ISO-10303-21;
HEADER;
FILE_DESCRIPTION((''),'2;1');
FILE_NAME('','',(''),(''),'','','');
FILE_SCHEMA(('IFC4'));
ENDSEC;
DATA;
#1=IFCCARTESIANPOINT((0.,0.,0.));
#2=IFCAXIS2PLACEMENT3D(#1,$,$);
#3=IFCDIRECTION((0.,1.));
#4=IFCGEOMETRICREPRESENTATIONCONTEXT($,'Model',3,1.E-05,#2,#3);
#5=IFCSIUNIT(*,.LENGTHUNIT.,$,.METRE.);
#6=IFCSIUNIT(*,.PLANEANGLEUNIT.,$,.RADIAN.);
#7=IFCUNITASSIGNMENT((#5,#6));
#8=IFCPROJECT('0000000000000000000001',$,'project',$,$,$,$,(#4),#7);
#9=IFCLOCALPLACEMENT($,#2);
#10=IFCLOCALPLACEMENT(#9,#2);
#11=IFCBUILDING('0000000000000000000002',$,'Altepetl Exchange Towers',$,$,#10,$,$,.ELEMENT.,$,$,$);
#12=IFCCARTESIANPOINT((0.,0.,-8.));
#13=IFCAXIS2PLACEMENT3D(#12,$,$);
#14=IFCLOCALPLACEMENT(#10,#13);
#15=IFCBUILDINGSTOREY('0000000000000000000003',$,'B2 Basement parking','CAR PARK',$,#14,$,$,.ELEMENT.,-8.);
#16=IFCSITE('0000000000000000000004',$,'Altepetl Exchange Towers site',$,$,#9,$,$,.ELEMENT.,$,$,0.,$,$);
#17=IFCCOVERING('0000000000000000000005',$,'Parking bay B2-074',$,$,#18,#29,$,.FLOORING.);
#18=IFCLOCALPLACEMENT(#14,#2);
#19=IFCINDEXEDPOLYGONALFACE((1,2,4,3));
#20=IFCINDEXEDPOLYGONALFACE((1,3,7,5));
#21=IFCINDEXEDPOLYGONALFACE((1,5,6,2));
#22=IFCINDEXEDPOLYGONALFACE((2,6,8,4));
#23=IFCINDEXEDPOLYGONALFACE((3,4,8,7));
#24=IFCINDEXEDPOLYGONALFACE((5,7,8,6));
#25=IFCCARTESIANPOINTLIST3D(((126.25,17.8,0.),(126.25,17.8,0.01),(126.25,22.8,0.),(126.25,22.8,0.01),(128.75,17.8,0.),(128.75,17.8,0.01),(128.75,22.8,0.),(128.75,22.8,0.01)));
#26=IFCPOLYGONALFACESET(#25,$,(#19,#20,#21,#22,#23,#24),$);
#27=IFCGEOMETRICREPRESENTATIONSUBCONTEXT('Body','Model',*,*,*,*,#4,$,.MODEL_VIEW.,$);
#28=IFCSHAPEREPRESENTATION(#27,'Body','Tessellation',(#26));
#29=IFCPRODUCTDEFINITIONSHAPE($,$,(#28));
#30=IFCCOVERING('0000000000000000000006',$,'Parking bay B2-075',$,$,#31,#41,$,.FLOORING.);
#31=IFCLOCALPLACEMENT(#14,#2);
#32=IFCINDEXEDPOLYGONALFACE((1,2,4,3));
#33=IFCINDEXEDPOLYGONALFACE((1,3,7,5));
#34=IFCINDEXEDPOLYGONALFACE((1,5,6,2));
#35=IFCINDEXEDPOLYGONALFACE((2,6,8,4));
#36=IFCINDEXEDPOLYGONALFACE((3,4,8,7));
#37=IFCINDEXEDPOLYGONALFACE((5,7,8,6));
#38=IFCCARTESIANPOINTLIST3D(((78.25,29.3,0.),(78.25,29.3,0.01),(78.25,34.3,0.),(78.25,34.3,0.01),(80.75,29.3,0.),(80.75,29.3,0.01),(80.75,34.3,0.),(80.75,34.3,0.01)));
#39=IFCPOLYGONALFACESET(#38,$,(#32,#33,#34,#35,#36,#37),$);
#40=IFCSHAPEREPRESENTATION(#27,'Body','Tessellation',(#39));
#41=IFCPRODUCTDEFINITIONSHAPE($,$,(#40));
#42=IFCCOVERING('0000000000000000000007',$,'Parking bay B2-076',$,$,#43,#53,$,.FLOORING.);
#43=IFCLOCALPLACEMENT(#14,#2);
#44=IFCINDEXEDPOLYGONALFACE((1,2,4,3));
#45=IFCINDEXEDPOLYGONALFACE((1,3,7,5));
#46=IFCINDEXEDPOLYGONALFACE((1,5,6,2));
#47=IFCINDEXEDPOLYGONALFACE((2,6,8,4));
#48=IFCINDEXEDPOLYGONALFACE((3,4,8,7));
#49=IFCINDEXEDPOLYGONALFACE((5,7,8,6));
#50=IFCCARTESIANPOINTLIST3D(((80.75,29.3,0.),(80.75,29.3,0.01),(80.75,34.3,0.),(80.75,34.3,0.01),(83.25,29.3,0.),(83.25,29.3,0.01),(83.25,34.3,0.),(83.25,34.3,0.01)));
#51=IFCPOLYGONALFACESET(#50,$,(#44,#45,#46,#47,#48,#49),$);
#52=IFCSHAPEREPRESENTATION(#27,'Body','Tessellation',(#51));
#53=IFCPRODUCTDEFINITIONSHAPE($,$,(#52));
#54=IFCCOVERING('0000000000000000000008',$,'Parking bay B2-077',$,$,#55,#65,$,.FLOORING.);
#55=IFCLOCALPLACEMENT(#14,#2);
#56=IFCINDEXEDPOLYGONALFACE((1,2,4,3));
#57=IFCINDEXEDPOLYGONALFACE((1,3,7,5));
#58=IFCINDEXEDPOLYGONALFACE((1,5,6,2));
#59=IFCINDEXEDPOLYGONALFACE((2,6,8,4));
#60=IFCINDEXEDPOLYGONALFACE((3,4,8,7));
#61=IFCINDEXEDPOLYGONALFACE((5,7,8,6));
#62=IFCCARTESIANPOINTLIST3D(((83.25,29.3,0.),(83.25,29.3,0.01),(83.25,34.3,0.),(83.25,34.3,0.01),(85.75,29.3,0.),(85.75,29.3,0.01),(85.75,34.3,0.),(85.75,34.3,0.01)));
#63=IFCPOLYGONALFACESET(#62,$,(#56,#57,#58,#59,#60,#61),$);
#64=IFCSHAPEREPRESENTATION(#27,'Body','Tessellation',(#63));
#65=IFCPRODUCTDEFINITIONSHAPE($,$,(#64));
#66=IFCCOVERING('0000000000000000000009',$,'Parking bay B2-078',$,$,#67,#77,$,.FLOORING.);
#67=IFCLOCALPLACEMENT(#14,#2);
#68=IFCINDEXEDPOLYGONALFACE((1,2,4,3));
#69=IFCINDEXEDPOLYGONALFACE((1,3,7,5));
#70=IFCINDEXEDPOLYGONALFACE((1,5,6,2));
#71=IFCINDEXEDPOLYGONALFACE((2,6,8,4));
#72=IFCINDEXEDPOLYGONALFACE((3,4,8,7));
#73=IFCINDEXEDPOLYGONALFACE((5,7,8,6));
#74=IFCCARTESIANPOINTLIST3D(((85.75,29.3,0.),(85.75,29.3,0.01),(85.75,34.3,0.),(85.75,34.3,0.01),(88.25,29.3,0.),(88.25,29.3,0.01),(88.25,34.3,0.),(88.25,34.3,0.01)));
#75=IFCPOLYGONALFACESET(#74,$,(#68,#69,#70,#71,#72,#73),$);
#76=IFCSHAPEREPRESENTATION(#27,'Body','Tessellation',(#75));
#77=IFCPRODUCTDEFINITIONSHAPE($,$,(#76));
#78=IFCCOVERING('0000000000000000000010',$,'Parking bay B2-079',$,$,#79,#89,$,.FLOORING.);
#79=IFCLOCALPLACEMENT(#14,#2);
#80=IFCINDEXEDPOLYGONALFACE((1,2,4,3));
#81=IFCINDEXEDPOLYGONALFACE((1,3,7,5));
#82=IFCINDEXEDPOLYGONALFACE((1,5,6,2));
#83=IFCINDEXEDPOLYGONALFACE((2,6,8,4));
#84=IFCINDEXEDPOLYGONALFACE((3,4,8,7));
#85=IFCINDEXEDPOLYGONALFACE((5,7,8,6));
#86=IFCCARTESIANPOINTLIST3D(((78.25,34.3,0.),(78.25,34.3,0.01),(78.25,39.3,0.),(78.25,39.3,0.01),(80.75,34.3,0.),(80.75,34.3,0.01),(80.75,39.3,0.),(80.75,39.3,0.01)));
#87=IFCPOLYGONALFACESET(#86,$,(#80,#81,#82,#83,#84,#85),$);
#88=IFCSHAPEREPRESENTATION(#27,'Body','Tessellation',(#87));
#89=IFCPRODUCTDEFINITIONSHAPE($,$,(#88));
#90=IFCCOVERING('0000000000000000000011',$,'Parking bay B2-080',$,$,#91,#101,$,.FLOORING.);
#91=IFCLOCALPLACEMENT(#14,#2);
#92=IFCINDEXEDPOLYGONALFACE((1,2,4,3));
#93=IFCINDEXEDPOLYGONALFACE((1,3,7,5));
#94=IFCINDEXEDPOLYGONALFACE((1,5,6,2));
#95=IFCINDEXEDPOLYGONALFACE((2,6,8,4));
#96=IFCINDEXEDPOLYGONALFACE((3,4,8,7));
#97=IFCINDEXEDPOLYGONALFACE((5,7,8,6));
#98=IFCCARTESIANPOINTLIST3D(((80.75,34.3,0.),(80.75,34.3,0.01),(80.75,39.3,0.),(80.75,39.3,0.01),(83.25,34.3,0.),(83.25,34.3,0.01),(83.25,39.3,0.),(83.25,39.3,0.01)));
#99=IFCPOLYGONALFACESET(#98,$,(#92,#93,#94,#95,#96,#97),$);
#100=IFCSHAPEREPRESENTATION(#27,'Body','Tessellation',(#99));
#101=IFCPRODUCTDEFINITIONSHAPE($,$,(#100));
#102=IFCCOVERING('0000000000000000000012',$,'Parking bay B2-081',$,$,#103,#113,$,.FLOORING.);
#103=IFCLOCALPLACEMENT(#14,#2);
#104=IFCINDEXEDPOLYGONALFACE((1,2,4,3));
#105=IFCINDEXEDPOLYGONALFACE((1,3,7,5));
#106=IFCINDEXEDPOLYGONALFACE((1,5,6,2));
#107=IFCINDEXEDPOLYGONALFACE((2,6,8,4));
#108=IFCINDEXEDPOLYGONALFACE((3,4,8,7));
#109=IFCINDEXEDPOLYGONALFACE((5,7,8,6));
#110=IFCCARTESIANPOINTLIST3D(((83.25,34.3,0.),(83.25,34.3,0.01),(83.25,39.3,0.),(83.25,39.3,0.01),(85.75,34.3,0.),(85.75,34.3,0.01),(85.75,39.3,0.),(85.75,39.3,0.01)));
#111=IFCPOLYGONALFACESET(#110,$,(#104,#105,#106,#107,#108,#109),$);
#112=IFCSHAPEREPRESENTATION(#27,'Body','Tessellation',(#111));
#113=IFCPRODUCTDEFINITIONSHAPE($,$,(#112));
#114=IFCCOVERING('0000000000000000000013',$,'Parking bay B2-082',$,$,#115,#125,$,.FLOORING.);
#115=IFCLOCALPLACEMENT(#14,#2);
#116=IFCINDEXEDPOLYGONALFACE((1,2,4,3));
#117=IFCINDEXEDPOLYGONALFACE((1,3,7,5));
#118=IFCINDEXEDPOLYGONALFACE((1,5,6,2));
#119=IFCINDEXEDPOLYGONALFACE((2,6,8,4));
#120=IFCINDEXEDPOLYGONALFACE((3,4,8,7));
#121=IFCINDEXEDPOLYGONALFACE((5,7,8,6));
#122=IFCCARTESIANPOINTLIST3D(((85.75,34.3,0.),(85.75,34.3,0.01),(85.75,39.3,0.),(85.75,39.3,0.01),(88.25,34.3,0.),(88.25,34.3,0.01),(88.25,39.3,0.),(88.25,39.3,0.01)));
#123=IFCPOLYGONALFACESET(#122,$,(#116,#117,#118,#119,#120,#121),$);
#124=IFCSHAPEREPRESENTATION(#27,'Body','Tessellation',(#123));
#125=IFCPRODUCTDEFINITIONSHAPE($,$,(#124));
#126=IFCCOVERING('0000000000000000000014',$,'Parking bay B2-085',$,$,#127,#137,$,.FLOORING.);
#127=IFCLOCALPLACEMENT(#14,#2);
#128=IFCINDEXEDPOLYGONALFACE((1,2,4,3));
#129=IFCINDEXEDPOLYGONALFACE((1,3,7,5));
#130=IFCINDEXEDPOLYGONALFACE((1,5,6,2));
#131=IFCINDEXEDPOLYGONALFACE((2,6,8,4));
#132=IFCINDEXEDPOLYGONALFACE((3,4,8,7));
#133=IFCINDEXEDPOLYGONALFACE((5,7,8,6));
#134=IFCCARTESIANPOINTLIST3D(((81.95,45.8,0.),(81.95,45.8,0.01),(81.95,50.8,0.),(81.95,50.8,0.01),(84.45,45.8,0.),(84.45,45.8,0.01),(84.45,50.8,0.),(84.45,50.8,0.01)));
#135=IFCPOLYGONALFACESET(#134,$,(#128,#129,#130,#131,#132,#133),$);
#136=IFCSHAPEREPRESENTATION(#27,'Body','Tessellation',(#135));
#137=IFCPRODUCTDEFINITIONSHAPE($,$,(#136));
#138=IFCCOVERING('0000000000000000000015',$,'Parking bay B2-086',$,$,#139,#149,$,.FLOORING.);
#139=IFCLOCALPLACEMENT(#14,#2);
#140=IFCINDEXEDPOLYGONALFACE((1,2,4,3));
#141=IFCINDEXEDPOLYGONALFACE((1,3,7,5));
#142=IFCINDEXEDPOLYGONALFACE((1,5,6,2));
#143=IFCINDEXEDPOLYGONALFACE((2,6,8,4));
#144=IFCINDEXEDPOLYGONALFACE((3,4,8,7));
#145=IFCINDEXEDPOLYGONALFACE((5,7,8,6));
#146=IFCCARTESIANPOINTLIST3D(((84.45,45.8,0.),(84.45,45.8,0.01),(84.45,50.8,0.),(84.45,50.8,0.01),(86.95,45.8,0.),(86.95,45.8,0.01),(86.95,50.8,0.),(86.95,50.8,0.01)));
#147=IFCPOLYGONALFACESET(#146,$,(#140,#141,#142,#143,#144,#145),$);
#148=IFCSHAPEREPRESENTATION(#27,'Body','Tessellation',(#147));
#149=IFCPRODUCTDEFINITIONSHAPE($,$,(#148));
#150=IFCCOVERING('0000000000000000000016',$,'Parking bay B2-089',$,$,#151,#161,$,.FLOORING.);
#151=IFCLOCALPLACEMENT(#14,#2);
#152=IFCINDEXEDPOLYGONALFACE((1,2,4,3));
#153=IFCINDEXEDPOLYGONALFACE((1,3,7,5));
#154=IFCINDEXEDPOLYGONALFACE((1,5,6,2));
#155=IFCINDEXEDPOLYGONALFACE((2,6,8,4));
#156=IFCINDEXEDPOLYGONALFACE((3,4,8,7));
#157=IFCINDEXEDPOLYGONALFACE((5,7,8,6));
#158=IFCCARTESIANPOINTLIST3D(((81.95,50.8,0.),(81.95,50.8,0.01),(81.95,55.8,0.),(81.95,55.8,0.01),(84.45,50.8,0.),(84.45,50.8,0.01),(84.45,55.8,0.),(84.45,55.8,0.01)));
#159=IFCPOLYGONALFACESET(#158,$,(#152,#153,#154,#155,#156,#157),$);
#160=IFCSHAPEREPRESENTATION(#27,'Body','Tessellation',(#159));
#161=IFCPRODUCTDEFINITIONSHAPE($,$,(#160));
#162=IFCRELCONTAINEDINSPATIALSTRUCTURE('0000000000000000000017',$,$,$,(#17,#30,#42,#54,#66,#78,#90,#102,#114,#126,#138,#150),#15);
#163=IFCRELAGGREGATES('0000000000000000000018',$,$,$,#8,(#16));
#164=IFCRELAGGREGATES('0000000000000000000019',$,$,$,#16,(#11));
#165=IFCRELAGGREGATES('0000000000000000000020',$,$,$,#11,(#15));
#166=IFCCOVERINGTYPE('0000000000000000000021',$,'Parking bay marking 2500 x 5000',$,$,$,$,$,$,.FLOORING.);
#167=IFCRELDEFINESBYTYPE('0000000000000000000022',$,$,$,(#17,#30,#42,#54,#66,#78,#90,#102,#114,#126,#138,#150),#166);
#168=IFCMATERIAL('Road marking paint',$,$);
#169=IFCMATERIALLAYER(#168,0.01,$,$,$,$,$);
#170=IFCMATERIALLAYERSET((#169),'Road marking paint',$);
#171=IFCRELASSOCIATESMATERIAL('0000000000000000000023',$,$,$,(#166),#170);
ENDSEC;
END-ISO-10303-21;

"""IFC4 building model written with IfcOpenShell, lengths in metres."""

from ifc_helpers import new_model, si_unit, direction, frame, origin, place, context, subcontext, project, spatial, polyline, outline, extrude, material, layer, layer_set, type_object, element, save


model = new_model("IFC4")

# Units and contexts
model_context = context("Model", 3, precision=1e-05, world=origin(), true_north=direction((0.0, 1.0)))
body_context = subcontext(model_context, "Body", "Model", "MODEL_VIEW")
ifc_project = project(units=[si_unit("LENGTHUNIT", "METRE"), si_unit("PLANEANGLEUNIT", "RADIAN")], contexts=[model_context])

# Site, building, storey
site_placement = place(None, origin())
site = spatial("IfcSite", under=ifc_project, at=site_placement, Name="Altepetl Exchange Towers site", CompositionType="ELEMENT", RefElevation=0.0)
building_placement = place(site_placement, origin())
building = spatial("IfcBuilding", under=site, at=building_placement, Name="Altepetl Exchange Towers", CompositionType="ELEMENT")
storey_placement = place(building_placement, frame((0.0, 0.0, -8.0)))
storey = spatial("IfcBuildingStorey", under=building, at=storey_placement, Name="B2 Basement parking", Description="CAR PARK", CompositionType="ELEMENT", Elevation=-8.0)

# Coverings
ifc_material = material(Name="Road marking paint")
ifc_layer_1 = layer(ifc_material, 0.01)
ifc_layer_set_1 = layer_set([ifc_layer_1], Name="Road marking paint")
covering_type_1 = type_object("IfcCoveringType", Name="Parking bay marking 2500 x 5000", PredefinedType="FLOORING", material=ifc_layer_set_1)
covering_1_placement = place(storey_placement, origin())
element("IfcCovering", 1, at=covering_1_placement, inside=storey, type_object=covering_type_1, Name="Parking bay B2-074", PredefinedType="FLOORING", context=body_context, shape_type="SweptSolid", body=[
    extrude(outline(polyline([(126.25, 17.8), (128.75, 17.8), (128.75, 22.8), (126.25, 22.8), (126.25, 17.8)])), origin(), (0.0, 0.0, 1.0), 0.01),
])
covering_2_placement = place(storey_placement, origin())
element("IfcCovering", 2, at=covering_2_placement, inside=storey, type_object=covering_type_1, Name="Parking bay B2-075", PredefinedType="FLOORING", context=body_context, shape_type="SweptSolid", body=[
    extrude(outline(polyline([(78.25, 29.3), (80.75, 29.3), (80.75, 34.3), (78.25, 34.3), (78.25, 29.3)])), origin(), (0.0, 0.0, 1.0), 0.01),
])
covering_3_placement = place(storey_placement, origin())
element("IfcCovering", 3, at=covering_3_placement, inside=storey, type_object=covering_type_1, Name="Parking bay B2-076", PredefinedType="FLOORING", context=body_context, shape_type="SweptSolid", body=[
    extrude(outline(polyline([(80.75, 29.3), (83.25, 29.3), (83.25, 34.3), (80.75, 34.3), (80.75, 29.3)])), origin(), (0.0, 0.0, 1.0), 0.01),
])
covering_4_placement = place(storey_placement, origin())
element("IfcCovering", 4, at=covering_4_placement, inside=storey, type_object=covering_type_1, Name="Parking bay B2-077", PredefinedType="FLOORING", context=body_context, shape_type="SweptSolid", body=[
    extrude(outline(polyline([(83.25, 29.3), (85.75, 29.3), (85.75, 34.3), (83.25, 34.3), (83.25, 29.3)])), origin(), (0.0, 0.0, 1.0), 0.01),
])
covering_5_placement = place(storey_placement, origin())
element("IfcCovering", 5, at=covering_5_placement, inside=storey, type_object=covering_type_1, Name="Parking bay B2-078", PredefinedType="FLOORING", context=body_context, shape_type="SweptSolid", body=[
    extrude(outline(polyline([(85.75, 29.3), (88.25, 29.3), (88.25, 34.3), (85.75, 34.3), (85.75, 29.3)])), origin(), (0.0, 0.0, 1.0), 0.01),
])
covering_6_placement = place(storey_placement, origin())
element("IfcCovering", 6, at=covering_6_placement, inside=storey, type_object=covering_type_1, Name="Parking bay B2-079", PredefinedType="FLOORING", context=body_context, shape_type="SweptSolid", body=[
    extrude(outline(polyline([(78.25, 34.3), (80.75, 34.3), (80.75, 39.3), (78.25, 39.3), (78.25, 34.3)])), origin(), (0.0, 0.0, 1.0), 0.01),
])
covering_7_placement = place(storey_placement, origin())
element("IfcCovering", 7, at=covering_7_placement, inside=storey, type_object=covering_type_1, Name="Parking bay B2-080", PredefinedType="FLOORING", context=body_context, shape_type="SweptSolid", body=[
    extrude(outline(polyline([(80.75, 34.3), (83.25, 34.3), (83.25, 39.3), (80.75, 39.3), (80.75, 34.3)])), origin(), (0.0, 0.0, 1.0), 0.01),
])
covering_8_placement = place(storey_placement, origin())
element("IfcCovering", 8, at=covering_8_placement, inside=storey, type_object=covering_type_1, Name="Parking bay B2-081", PredefinedType="FLOORING", context=body_context, shape_type="SweptSolid", body=[
    extrude(outline(polyline([(83.25, 34.3), (85.75, 34.3), (85.75, 39.3), (83.25, 39.3), (83.25, 34.3)])), origin(), (0.0, 0.0, 1.0), 0.01),
])
covering_9_placement = place(storey_placement, origin())
element("IfcCovering", 9, at=covering_9_placement, inside=storey, type_object=covering_type_1, Name="Parking bay B2-082", PredefinedType="FLOORING", context=body_context, shape_type="SweptSolid", body=[
    extrude(outline(polyline([(85.75, 34.3), (88.25, 34.3), (88.25, 39.3), (85.75, 39.3), (85.75, 34.3)])), origin(), (0.0, 0.0, 1.0), 0.01),
])
covering_10_placement = place(storey_placement, origin())
element("IfcCovering", 10, at=covering_10_placement, inside=storey, type_object=covering_type_1, Name="Parking bay B2-085", PredefinedType="FLOORING", context=body_context, shape_type="SweptSolid", body=[
    extrude(outline(polyline([(81.95, 45.8), (84.45, 45.8), (84.45, 50.8), (81.95, 50.8), (81.95, 45.8)])), origin(), (0.0, 0.0, 1.0), 0.01),
])
covering_11_placement = place(storey_placement, origin())
element("IfcCovering", 11, at=covering_11_placement, inside=storey, type_object=covering_type_1, Name="Parking bay B2-086", PredefinedType="FLOORING", context=body_context, shape_type="SweptSolid", body=[
    extrude(outline(polyline([(84.45, 45.8), (86.95, 45.8), (86.95, 50.8), (84.45, 50.8), (84.45, 45.8)])), origin(), (0.0, 0.0, 1.0), 0.01),
])
covering_12_placement = place(storey_placement, origin())
element("IfcCovering", 12, at=covering_12_placement, inside=storey, type_object=covering_type_1, Name="Parking bay B2-089", PredefinedType="FLOORING", context=body_context, shape_type="SweptSolid", body=[
    extrude(outline(polyline([(81.95, 50.8), (84.45, 50.8), (84.45, 55.8), (81.95, 55.8), (81.95, 50.8)])), origin(), (0.0, 0.0, 1.0), 0.01),
])

save(model, "model.ifc")
